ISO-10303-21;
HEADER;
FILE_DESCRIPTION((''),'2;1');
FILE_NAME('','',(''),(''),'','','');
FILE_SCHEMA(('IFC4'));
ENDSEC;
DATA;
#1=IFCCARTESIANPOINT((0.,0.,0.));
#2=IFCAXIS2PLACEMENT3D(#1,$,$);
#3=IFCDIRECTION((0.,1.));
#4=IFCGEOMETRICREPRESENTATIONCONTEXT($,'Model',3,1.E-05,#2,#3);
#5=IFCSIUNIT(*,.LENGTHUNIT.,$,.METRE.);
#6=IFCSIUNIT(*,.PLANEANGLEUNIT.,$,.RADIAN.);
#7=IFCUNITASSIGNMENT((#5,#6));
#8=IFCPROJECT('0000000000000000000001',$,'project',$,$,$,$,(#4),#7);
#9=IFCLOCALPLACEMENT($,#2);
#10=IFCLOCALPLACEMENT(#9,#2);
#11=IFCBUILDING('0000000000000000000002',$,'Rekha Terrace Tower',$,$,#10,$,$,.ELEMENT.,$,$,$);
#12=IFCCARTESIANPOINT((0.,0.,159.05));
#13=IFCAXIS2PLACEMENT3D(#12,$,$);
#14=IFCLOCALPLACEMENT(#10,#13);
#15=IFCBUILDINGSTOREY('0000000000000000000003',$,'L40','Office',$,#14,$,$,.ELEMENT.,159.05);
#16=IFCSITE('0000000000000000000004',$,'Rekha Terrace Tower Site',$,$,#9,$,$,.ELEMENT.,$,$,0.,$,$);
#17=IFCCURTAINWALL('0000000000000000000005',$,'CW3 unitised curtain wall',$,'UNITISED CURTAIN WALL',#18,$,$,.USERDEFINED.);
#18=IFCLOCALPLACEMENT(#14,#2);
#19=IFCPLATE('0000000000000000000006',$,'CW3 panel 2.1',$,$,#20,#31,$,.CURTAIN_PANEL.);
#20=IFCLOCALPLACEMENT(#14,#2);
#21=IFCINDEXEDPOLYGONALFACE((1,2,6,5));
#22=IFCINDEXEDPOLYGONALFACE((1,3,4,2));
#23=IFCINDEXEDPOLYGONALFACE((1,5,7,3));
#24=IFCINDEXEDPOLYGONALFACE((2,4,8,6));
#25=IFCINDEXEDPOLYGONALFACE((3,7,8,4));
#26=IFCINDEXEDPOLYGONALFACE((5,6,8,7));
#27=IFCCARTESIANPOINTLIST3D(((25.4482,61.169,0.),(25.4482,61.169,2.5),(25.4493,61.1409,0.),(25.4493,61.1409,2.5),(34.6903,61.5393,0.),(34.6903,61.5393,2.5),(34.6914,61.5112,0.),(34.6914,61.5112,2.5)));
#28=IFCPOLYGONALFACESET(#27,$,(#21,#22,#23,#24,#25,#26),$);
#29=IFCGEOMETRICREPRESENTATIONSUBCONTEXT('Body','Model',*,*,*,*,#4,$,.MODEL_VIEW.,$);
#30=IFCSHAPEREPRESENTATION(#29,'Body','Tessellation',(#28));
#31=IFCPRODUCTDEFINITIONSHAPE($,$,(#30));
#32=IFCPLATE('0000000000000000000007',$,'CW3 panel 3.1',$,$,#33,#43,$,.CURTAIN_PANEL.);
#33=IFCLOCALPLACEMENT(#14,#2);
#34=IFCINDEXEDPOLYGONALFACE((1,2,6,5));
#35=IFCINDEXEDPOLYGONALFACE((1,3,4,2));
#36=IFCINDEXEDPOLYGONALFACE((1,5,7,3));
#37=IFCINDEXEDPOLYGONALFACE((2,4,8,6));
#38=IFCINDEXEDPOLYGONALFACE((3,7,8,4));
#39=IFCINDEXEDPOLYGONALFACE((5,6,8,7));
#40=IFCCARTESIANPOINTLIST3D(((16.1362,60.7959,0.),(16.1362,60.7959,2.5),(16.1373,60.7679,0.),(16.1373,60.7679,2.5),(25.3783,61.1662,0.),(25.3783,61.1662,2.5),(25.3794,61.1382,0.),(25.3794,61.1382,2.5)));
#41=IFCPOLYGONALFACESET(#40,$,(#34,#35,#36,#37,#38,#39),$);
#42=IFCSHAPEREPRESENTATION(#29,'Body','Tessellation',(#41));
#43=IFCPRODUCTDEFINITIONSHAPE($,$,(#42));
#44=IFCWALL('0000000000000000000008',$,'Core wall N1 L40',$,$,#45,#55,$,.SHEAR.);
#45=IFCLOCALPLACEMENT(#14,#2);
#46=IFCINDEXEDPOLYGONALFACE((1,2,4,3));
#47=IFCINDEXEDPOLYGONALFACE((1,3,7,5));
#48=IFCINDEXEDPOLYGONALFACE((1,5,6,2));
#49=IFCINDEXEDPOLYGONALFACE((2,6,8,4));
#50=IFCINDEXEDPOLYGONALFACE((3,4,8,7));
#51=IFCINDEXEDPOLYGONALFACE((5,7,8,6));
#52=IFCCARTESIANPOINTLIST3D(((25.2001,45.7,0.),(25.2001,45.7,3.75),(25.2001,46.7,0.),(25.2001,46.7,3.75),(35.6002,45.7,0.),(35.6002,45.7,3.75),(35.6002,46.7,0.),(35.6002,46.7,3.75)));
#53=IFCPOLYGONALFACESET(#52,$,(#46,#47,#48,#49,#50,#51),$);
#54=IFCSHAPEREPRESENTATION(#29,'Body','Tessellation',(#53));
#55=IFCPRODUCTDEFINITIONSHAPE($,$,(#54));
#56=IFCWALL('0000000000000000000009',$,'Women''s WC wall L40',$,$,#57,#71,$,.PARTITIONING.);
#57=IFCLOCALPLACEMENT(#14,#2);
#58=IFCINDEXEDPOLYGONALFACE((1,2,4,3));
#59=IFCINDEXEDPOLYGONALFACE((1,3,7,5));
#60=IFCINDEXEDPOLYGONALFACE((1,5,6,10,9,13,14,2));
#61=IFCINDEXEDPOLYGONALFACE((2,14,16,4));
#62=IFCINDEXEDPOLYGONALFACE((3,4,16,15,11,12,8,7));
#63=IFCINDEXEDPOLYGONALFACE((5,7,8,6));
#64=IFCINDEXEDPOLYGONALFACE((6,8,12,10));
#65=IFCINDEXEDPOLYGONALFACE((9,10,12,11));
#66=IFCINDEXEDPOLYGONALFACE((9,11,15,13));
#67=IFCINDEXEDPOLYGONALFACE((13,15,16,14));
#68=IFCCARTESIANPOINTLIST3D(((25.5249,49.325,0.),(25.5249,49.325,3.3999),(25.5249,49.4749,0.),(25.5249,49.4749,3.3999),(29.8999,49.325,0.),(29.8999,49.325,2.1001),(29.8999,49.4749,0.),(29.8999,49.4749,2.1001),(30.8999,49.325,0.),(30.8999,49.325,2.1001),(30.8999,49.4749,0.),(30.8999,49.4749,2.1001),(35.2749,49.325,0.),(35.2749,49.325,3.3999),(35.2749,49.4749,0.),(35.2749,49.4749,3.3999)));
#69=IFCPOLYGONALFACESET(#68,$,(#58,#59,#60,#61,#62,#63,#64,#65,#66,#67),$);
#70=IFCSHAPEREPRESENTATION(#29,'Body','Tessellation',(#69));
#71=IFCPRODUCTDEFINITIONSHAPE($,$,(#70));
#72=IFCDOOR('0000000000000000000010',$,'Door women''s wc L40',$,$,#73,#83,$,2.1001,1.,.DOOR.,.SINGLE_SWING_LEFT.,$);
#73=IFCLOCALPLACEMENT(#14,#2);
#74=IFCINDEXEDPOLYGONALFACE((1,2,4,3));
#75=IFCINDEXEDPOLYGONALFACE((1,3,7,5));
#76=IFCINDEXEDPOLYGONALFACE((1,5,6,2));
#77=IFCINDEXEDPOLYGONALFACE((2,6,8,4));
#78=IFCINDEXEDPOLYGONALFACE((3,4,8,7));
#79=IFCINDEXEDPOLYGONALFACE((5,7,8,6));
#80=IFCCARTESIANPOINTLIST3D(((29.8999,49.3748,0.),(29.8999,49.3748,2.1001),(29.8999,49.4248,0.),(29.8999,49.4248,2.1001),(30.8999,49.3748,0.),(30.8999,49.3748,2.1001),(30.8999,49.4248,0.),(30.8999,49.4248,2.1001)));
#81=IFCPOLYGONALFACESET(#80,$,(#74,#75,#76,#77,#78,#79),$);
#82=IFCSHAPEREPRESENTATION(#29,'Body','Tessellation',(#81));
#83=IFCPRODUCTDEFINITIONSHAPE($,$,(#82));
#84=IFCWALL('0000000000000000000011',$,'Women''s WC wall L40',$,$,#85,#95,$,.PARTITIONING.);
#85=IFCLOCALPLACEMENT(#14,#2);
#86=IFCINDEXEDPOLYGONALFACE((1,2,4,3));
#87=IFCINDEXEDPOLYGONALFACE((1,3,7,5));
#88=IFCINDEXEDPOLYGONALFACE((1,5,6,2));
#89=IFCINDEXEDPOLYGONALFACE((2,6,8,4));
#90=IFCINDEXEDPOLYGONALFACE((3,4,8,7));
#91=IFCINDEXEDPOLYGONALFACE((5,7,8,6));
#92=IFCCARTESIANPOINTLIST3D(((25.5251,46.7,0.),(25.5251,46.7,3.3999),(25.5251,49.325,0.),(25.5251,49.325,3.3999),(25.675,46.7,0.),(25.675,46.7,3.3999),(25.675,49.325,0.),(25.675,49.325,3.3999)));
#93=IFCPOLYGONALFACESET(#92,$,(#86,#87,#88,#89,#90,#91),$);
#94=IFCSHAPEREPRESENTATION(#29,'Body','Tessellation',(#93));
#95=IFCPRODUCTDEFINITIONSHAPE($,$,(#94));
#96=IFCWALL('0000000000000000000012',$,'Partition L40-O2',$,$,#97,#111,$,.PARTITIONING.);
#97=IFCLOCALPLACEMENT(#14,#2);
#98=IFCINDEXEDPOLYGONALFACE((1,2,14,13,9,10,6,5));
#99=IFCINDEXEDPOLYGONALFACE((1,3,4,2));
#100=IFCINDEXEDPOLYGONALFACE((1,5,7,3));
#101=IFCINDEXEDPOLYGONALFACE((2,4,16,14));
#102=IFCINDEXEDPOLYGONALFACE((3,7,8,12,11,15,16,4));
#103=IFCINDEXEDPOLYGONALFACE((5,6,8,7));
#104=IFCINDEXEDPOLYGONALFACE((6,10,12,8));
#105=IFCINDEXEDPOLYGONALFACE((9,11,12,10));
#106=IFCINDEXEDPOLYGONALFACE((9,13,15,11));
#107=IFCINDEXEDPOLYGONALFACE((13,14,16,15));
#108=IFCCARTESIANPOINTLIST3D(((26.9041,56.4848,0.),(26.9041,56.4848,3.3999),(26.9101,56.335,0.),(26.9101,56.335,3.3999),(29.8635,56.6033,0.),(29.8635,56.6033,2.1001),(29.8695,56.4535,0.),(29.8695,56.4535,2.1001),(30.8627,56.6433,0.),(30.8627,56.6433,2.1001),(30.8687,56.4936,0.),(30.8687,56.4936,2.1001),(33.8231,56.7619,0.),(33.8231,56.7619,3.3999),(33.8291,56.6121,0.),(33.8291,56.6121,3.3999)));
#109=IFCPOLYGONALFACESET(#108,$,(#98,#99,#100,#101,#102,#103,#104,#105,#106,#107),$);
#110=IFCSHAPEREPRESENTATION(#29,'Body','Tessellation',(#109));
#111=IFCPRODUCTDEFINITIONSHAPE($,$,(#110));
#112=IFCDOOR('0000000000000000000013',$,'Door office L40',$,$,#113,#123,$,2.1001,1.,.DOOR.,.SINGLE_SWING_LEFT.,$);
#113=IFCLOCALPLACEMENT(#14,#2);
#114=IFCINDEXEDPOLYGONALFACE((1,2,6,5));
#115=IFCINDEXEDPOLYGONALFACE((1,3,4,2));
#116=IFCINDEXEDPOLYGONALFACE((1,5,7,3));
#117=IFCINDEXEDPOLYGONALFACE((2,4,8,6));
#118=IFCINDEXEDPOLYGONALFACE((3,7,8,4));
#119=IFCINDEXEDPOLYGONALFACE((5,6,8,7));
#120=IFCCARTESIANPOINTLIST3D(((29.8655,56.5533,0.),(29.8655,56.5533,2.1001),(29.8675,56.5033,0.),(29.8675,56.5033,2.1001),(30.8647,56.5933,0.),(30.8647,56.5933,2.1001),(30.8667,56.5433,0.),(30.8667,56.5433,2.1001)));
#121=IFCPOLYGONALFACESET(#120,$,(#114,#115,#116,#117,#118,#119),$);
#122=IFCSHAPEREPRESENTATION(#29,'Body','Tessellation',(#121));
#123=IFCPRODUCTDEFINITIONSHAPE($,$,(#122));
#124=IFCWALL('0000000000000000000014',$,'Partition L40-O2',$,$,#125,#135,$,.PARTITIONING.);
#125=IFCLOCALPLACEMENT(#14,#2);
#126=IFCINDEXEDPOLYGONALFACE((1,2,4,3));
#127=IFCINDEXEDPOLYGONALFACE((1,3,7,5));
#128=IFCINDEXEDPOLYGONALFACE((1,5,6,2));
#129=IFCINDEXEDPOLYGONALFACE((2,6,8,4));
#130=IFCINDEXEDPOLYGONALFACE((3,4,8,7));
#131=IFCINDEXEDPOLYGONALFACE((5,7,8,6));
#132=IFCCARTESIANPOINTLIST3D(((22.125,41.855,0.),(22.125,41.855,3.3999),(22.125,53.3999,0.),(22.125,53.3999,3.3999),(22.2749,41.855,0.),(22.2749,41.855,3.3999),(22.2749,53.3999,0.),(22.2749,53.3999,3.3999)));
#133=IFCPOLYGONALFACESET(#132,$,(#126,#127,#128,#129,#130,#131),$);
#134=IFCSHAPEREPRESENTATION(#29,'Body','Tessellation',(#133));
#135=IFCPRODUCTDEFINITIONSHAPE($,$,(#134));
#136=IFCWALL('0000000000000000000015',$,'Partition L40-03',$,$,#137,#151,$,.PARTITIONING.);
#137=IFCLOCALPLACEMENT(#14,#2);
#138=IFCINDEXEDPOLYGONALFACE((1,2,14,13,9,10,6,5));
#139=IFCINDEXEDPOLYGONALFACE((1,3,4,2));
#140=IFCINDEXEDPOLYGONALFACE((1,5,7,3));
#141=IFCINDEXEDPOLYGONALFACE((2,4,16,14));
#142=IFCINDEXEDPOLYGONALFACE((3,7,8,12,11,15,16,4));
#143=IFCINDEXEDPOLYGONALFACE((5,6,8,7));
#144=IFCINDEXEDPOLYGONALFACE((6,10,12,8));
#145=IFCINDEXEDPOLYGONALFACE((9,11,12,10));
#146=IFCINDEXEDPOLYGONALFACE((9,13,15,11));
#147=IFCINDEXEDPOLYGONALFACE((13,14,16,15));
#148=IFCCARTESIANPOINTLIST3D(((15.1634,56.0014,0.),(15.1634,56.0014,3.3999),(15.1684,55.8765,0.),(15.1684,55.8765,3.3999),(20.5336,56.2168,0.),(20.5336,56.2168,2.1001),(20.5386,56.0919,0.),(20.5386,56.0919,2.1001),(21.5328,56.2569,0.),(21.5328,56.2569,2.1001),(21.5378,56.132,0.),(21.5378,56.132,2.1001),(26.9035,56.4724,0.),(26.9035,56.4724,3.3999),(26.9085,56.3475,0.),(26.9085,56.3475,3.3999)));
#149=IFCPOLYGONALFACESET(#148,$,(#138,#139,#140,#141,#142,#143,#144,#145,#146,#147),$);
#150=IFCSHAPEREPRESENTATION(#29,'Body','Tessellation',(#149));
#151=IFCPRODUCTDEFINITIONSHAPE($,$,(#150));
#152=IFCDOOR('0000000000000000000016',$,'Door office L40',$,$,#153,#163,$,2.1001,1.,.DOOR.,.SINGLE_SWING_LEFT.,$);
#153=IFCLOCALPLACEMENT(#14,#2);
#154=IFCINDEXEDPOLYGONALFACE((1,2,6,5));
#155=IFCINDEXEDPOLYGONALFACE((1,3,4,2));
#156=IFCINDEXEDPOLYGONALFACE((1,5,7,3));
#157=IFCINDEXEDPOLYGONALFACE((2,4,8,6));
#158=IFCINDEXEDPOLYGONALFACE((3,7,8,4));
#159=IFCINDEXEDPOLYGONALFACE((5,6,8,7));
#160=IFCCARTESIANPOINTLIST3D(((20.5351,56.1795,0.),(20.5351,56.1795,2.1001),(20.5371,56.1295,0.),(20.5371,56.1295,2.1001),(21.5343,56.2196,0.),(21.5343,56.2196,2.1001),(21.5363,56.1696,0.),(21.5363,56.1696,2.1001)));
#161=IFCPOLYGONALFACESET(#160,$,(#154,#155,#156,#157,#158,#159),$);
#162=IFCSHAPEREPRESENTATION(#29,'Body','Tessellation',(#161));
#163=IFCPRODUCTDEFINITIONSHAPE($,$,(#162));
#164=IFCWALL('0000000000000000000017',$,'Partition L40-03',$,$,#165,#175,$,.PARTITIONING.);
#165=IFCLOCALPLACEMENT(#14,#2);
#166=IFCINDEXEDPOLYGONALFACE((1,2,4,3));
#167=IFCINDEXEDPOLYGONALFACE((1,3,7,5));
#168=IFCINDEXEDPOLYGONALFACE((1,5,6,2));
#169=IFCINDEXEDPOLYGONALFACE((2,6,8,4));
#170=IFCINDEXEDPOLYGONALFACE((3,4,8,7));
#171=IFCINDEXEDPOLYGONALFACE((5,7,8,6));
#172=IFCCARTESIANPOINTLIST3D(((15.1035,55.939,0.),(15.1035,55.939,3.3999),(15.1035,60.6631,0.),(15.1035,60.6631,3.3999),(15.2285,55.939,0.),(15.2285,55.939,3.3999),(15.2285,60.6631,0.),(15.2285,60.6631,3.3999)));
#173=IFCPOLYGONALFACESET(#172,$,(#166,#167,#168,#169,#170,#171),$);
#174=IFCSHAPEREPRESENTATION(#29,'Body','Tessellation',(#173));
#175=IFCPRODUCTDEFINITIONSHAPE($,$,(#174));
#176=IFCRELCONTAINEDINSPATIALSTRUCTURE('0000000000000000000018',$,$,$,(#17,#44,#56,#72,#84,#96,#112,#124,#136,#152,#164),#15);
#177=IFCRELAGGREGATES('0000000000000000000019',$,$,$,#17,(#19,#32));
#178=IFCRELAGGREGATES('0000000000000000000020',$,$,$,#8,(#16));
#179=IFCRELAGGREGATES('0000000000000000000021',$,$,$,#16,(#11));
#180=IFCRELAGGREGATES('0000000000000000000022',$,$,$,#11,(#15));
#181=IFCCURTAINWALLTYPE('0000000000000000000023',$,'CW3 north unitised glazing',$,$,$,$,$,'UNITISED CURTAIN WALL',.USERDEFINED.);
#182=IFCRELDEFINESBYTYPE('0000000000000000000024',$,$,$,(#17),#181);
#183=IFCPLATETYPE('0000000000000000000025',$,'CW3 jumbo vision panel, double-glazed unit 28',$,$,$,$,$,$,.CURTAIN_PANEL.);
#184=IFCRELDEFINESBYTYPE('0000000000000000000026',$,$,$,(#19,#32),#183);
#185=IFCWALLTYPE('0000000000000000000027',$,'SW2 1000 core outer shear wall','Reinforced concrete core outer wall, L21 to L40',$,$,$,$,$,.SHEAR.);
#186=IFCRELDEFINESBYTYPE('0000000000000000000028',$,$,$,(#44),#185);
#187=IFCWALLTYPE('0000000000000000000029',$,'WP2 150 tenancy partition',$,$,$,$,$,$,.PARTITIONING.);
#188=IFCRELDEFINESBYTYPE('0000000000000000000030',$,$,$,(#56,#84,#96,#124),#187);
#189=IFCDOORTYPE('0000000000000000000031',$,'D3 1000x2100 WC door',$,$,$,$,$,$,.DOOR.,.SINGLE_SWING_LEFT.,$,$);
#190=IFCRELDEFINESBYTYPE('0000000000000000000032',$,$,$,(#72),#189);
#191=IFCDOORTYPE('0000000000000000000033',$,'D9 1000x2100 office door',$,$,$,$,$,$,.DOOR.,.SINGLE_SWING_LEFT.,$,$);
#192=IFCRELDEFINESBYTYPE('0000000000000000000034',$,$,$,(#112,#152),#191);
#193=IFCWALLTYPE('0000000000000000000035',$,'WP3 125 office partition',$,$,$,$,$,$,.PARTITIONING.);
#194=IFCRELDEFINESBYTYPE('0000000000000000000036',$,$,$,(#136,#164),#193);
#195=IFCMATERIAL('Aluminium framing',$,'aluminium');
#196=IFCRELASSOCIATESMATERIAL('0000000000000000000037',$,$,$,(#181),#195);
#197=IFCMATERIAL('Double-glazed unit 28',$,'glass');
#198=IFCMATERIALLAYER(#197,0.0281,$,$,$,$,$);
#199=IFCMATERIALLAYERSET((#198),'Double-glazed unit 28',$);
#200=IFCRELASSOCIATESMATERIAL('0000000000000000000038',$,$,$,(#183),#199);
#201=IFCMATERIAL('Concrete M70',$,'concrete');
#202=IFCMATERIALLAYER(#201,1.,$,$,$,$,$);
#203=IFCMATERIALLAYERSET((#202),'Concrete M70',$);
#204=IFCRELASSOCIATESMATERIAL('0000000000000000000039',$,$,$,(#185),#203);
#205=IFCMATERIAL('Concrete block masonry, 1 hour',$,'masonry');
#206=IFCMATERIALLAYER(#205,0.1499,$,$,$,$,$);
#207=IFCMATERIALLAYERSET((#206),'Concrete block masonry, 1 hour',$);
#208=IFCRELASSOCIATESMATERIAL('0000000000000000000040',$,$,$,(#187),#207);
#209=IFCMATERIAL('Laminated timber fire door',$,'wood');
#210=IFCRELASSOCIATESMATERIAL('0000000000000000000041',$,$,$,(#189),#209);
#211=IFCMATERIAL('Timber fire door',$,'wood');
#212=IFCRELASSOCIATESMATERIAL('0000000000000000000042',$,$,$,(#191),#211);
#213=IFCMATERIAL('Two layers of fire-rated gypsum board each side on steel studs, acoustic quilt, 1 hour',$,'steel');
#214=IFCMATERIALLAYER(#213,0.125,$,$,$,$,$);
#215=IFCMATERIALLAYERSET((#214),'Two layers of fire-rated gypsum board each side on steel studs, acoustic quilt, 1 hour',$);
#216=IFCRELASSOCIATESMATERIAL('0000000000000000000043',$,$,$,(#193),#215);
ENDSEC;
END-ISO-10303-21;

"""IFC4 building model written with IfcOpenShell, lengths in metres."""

from ifc_helpers import new_model, si_unit, direction, frame, frame_2d, origin, origin_2d, place, context, subcontext, project, spatial, rectangle, extrude, material, layer, layer_set, type_object, element, fill, aggregate, save


model = new_model("IFC4")

# Units and contexts
model_context = context("Model", 3, precision=1e-05, world=origin(), true_north=direction((0.0, 1.0)))
body_context = subcontext(model_context, "Body", "Model", "MODEL_VIEW")
ifc_project = project(units=[si_unit("LENGTHUNIT", "METRE"), si_unit("PLANEANGLEUNIT", "RADIAN")], contexts=[model_context])

# Site, building, storey
site_placement = place(None, origin())
site = spatial("IfcSite", under=ifc_project, at=site_placement, Name="Rekha Terrace Tower Site", CompositionType="ELEMENT", RefElevation=0.0)
building_placement = place(site_placement, origin())
building = spatial("IfcBuilding", under=site, at=building_placement, Name="Rekha Terrace Tower", CompositionType="ELEMENT")
storey_placement = place(building_placement, frame((0.0, 0.0, 159.05)))
storey = spatial("IfcBuildingStorey", under=building, at=storey_placement, Name="L40", Description="Office", CompositionType="ELEMENT", Elevation=159.05)

# Shared definitions
ifc_material_1 = material(Name="Concrete M70", Category="concrete")

# Curtain wall, plates
ifc_material_2 = material(Name="Aluminium framing", Category="aluminium")
curtain_wall_type = type_object("IfcCurtainWallType", Name="CW3 north unitised glazing", ElementType="UNITISED CURTAIN WALL", PredefinedType="USERDEFINED", material=ifc_material_2)
curtain_wall_placement = place(storey_placement, origin())
curtain_wall = element("IfcCurtainWall", 1, at=curtain_wall_placement, inside=storey, type_object=curtain_wall_type, Name="CW3 unitised curtain wall", ObjectType="UNITISED CURTAIN WALL", PredefinedType="USERDEFINED")
ifc_material_3 = material(Name="Double-glazed unit 28", Category="glass")
ifc_layer_1 = layer(ifc_material_3, 0.0281)
ifc_layer_set_1 = layer_set([ifc_layer_1], Name="Double-glazed unit 28")
plate_type = type_object("IfcPlateType", Name="CW3 jumbo vision panel, double-glazed unit 28", PredefinedType="CURTAIN_PANEL", material=ifc_layer_set_1)
plate_1_placement = place(storey_placement, frame((30.0698, 61.3401, 0.0), z_axis=(0.0, 0.0, 1.0), x_axis=(-0.999198, -0.040032, 0.0)))
plate_1 = element("IfcPlate", 2, at=plate_1_placement, type_object=plate_type, Name="CW3 panel 2.1", PredefinedType="CURTAIN_PANEL", context=body_context, shape_type="SweptSolid", body=[
    extrude(rectangle(XDim=9.2495, YDim=0.0281, at=origin_2d()), origin(), (0.0, 0.0, 1.0), 2.5),
])
plate_2_placement = place(storey_placement, frame((20.7578, 60.967, 0.0), z_axis=(0.0, 0.0, 1.0), x_axis=(-0.999198, -0.040032, 0.0)))
plate_2 = element("IfcPlate", 3, at=plate_2_placement, type_object=plate_type, Name="CW3 panel 3.1", PredefinedType="CURTAIN_PANEL", context=body_context, shape_type="SweptSolid", body=[
    extrude(rectangle(XDim=9.2495, YDim=0.0281, at=origin_2d()), origin(), (0.0, 0.0, 1.0), 2.5),
])
aggregate(curtain_wall, [plate_1, plate_2])

# Wall
ifc_layer_2 = layer(ifc_material_1, 1.0)
ifc_layer_set_2 = layer_set([ifc_layer_2], Name="Concrete M70")
wall_type_1 = type_object("IfcWallType", Name="SW2 1000 core outer shear wall", Description="Reinforced concrete core outer wall, L21 to L40", PredefinedType="SHEAR", material=ifc_layer_set_2)
wall_1_placement = place(storey_placement, frame((25.2, 46.2, 0.0), z_axis=(0.0, 0.0, 1.0), x_axis=(1.0, 0.0, 0.0)))
element("IfcWall", 4, at=wall_1_placement, inside=storey, type_object=wall_type_1, Name="Core wall N1 L40", PredefinedType="SHEAR", context=body_context, shape_type="SweptSolid", body=[
    extrude(rectangle(XDim=10.4001, YDim=1.0, at=frame_2d((5.2002, 0.0))), origin(), (0.0, 0.0, 1.0), 3.75),
])

# Wall, opening, door
ifc_material_4 = material(Name="Concrete block masonry, 1 hour", Category="masonry")
ifc_layer_3 = layer(ifc_material_4, 0.1499)
ifc_layer_set_3 = layer_set([ifc_layer_3], Name="Concrete block masonry, 1 hour")
wall_type_2 = type_object("IfcWallType", Name="WP2 150 tenancy partition", PredefinedType="PARTITIONING", material=ifc_layer_set_3)
wall_2_placement = place(storey_placement, frame((25.5249, 49.3999, 0.0), z_axis=(0.0, 0.0, 1.0), x_axis=(1.0, 0.0, 0.0)))
wall_2 = element("IfcWall", 5, at=wall_2_placement, inside=storey, type_object=wall_type_2, Name="Women's WC wall L40", PredefinedType="PARTITIONING", context=body_context, shape_type="SweptSolid", body=[
    extrude(rectangle(XDim=9.75, YDim=0.1499, at=frame_2d((4.875, 0.0))), origin(), (0.0, 0.0, 1.0), 3.3999),
])
opening_1_placement = place(wall_2_placement, frame((4.375, 0.0, 0.0)))
opening_1 = element("IfcOpeningElement", 6, at=opening_1_placement, cuts=wall_2, PredefinedType="OPENING", context=body_context, shape_type="SweptSolid", body=[
    extrude(rectangle(XDim=1.0, YDim=2.1001, at=frame_2d((0.5, 1.05))), frame((0.0, 0.085, 0.0), z_axis=(0.0, -1.0, 0.0), x_axis=(1.0, 0.0, 0.0)), (0.0, 0.0, 1.0), 0.1699),
])
ifc_material_5 = material(Name="Laminated timber fire door", Category="wood")
door_type_1 = type_object("IfcDoorType", Name="D3 1000x2100 WC door", OperationType="SINGLE_SWING_LEFT", PredefinedType="DOOR", material=ifc_material_5)
door_1_placement = place(opening_1_placement, origin())
door_1 = element("IfcDoor", 7, at=door_1_placement, inside=storey, type_object=door_type_1, Name="Door women's wc L40", OperationType="SINGLE_SWING_LEFT", OverallHeight=2.1001, OverallWidth=1.0, PredefinedType="DOOR", context=body_context, shape_type="SweptSolid", body=[
    extrude(rectangle(XDim=1.0, YDim=2.1001, at=frame_2d((0.5, 1.05))), frame((0.0, 0.0249, 0.0), z_axis=(0.0, -1.0, 0.0), x_axis=(1.0, 0.0, 0.0)), (0.0, 0.0, 1.0), 0.05),
])
fill(opening_1, door_1)

# Wall
wall_3_placement = place(storey_placement, frame((25.6001, 46.7, 0.0), z_axis=(0.0, 0.0, 1.0), x_axis=(0.0, 1.0, 0.0)))
element("IfcWall", 8, at=wall_3_placement, inside=storey, type_object=wall_type_2, Name="Women's WC wall L40", PredefinedType="PARTITIONING", context=body_context, shape_type="SweptSolid", body=[
    extrude(rectangle(XDim=2.625, YDim=0.1499, at=frame_2d((1.3125, 0.0))), origin(), (0.0, 0.0, 1.0), 3.3999),
])

# Wall, opening, door
wall_4_placement = place(storey_placement, frame((26.907, 56.4099, 0.0), z_axis=(0.0, 0.0, 1.0), x_axis=(0.999199, 0.040017, 0.0)))
wall_4 = element("IfcWall", 9, at=wall_4_placement, inside=storey, type_object=wall_type_2, Name="Partition L40-O2", PredefinedType="PARTITIONING", context=body_context, shape_type="SweptSolid", body=[
    extrude(rectangle(XDim=6.9246, YDim=0.1499, at=frame_2d((3.4624, 0.0))), origin(), (0.0, 0.0, 1.0), 3.3999),
])
opening_2_placement = place(wall_4_placement, frame((2.9619, 0.0, 0.0)))
opening_2 = element("IfcOpeningElement", 10, at=opening_2_placement, cuts=wall_4, PredefinedType="OPENING", context=body_context, shape_type="SweptSolid", body=[
    extrude(rectangle(XDim=1.0, YDim=2.1001, at=frame_2d((0.5, 1.05))), frame((0.0, 0.085, 0.0), z_axis=(0.0, -1.0, 0.0), x_axis=(1.0, 0.0, 0.0)), (0.0, 0.0, 1.0), 0.1699),
])
ifc_material_6 = material(Name="Timber fire door", Category="wood")
door_type_2 = type_object("IfcDoorType", Name="D9 1000x2100 office door", OperationType="SINGLE_SWING_LEFT", PredefinedType="DOOR", material=ifc_material_6)
door_2_placement = place(opening_2_placement, origin())
door_2 = element("IfcDoor", 11, at=door_2_placement, inside=storey, type_object=door_type_2, Name="Door office L40", OperationType="SINGLE_SWING_LEFT", OverallHeight=2.1001, OverallWidth=1.0, PredefinedType="DOOR", context=body_context, shape_type="SweptSolid", body=[
    extrude(rectangle(XDim=1.0, YDim=2.1001, at=frame_2d((0.5, 1.05))), frame((0.0, 0.0249, 0.0), z_axis=(0.0, -1.0, 0.0), x_axis=(1.0, 0.0, 0.0)), (0.0, 0.0, 1.0), 0.05),
])
fill(opening_2, door_2)

# Wall
wall_5_placement = place(storey_placement, frame((22.2, 53.3999, 0.0), z_axis=(0.0, 0.0, 1.0), x_axis=(0.0, -1.0, 0.0)))
element("IfcWall", 12, at=wall_5_placement, inside=storey, type_object=wall_type_2, Name="Partition L40-O2", PredefinedType="PARTITIONING", context=body_context, shape_type="SweptSolid", body=[
    extrude(rectangle(XDim=11.5449, YDim=0.1499, at=frame_2d((5.7725, 0.0))), origin(), (0.0, 0.0, 1.0), 3.3999),
])

# Wall, opening, door
ifc_material_7 = material(Name="Two layers of fire-rated gypsum board each side on steel studs, acoustic quilt, 1 hour", Category="steel")
ifc_layer_4 = layer(ifc_material_7, 0.125)
ifc_layer_set_4 = layer_set([ifc_layer_4], Name="Two layers of fire-rated gypsum board each side on steel studs, acoustic quilt, 1 hour")
wall_type_3 = type_object("IfcWallType", Name="WP3 125 office partition", PredefinedType="PARTITIONING", material=ifc_layer_set_4)
wall_6_placement = place(storey_placement, frame((26.906, 56.4099, 0.0), z_axis=(0.0, 0.0, 1.0), x_axis=(-0.999196, -0.040083, 0.0)))
wall_6 = element("IfcWall", 13, at=wall_6_placement, inside=storey, type_object=wall_type_3, Name="Partition L40-03", PredefinedType="PARTITIONING", context=body_context, shape_type="SweptSolid", body=[
    extrude(rectangle(XDim=11.7495, YDim=0.125, at=frame_2d((5.8748, 0.0))), origin(), (0.0, 0.0, 1.0), 3.3999),
])
opening_3_placement = place(wall_6_placement, frame((5.375, 0.0, 0.0)))
opening_3 = element("IfcOpeningElement", 14, at=opening_3_placement, cuts=wall_6, PredefinedType="OPENING", context=body_context, shape_type="SweptSolid", body=[
    extrude(rectangle(XDim=1.0, YDim=2.1001, at=frame_2d((0.5, 1.05))), frame((0.0, 0.0725, 0.0), z_axis=(0.0, -1.0, 0.0), x_axis=(1.0, 0.0, 0.0)), (0.0, 0.0, 1.0), 0.145),
])
door_3_placement = place(opening_3_placement, origin())
door_3 = element("IfcDoor", 15, at=door_3_placement, inside=storey, type_object=door_type_2, Name="Door office L40", OperationType="SINGLE_SWING_LEFT", OverallHeight=2.1001, OverallWidth=1.0, PredefinedType="DOOR", context=body_context, shape_type="SweptSolid", body=[
    extrude(rectangle(XDim=1.0, YDim=2.1001, at=frame_2d((0.5, 1.05))), frame((0.0, 0.0249, 0.0), z_axis=(0.0, -1.0, 0.0), x_axis=(1.0, 0.0, 0.0)), (0.0, 0.0, 1.0), 0.05),
])
fill(opening_3, door_3)

# Wall
wall_7_placement = place(storey_placement, frame((15.166, 55.939, 0.0), z_axis=(0.0, 0.0, 1.0), x_axis=(0.0, 1.0, 0.0)))
element("IfcWall", 16, at=wall_7_placement, inside=storey, type_object=wall_type_3, Name="Partition L40-03", PredefinedType="PARTITIONING", context=body_context, shape_type="SweptSolid", body=[
    extrude(rectangle(XDim=4.7241, YDim=0.125, at=frame_2d((2.3621, 0.0))), origin(), (0.0, 0.0, 1.0), 3.3999),
])

save(model, "model.ifc")
